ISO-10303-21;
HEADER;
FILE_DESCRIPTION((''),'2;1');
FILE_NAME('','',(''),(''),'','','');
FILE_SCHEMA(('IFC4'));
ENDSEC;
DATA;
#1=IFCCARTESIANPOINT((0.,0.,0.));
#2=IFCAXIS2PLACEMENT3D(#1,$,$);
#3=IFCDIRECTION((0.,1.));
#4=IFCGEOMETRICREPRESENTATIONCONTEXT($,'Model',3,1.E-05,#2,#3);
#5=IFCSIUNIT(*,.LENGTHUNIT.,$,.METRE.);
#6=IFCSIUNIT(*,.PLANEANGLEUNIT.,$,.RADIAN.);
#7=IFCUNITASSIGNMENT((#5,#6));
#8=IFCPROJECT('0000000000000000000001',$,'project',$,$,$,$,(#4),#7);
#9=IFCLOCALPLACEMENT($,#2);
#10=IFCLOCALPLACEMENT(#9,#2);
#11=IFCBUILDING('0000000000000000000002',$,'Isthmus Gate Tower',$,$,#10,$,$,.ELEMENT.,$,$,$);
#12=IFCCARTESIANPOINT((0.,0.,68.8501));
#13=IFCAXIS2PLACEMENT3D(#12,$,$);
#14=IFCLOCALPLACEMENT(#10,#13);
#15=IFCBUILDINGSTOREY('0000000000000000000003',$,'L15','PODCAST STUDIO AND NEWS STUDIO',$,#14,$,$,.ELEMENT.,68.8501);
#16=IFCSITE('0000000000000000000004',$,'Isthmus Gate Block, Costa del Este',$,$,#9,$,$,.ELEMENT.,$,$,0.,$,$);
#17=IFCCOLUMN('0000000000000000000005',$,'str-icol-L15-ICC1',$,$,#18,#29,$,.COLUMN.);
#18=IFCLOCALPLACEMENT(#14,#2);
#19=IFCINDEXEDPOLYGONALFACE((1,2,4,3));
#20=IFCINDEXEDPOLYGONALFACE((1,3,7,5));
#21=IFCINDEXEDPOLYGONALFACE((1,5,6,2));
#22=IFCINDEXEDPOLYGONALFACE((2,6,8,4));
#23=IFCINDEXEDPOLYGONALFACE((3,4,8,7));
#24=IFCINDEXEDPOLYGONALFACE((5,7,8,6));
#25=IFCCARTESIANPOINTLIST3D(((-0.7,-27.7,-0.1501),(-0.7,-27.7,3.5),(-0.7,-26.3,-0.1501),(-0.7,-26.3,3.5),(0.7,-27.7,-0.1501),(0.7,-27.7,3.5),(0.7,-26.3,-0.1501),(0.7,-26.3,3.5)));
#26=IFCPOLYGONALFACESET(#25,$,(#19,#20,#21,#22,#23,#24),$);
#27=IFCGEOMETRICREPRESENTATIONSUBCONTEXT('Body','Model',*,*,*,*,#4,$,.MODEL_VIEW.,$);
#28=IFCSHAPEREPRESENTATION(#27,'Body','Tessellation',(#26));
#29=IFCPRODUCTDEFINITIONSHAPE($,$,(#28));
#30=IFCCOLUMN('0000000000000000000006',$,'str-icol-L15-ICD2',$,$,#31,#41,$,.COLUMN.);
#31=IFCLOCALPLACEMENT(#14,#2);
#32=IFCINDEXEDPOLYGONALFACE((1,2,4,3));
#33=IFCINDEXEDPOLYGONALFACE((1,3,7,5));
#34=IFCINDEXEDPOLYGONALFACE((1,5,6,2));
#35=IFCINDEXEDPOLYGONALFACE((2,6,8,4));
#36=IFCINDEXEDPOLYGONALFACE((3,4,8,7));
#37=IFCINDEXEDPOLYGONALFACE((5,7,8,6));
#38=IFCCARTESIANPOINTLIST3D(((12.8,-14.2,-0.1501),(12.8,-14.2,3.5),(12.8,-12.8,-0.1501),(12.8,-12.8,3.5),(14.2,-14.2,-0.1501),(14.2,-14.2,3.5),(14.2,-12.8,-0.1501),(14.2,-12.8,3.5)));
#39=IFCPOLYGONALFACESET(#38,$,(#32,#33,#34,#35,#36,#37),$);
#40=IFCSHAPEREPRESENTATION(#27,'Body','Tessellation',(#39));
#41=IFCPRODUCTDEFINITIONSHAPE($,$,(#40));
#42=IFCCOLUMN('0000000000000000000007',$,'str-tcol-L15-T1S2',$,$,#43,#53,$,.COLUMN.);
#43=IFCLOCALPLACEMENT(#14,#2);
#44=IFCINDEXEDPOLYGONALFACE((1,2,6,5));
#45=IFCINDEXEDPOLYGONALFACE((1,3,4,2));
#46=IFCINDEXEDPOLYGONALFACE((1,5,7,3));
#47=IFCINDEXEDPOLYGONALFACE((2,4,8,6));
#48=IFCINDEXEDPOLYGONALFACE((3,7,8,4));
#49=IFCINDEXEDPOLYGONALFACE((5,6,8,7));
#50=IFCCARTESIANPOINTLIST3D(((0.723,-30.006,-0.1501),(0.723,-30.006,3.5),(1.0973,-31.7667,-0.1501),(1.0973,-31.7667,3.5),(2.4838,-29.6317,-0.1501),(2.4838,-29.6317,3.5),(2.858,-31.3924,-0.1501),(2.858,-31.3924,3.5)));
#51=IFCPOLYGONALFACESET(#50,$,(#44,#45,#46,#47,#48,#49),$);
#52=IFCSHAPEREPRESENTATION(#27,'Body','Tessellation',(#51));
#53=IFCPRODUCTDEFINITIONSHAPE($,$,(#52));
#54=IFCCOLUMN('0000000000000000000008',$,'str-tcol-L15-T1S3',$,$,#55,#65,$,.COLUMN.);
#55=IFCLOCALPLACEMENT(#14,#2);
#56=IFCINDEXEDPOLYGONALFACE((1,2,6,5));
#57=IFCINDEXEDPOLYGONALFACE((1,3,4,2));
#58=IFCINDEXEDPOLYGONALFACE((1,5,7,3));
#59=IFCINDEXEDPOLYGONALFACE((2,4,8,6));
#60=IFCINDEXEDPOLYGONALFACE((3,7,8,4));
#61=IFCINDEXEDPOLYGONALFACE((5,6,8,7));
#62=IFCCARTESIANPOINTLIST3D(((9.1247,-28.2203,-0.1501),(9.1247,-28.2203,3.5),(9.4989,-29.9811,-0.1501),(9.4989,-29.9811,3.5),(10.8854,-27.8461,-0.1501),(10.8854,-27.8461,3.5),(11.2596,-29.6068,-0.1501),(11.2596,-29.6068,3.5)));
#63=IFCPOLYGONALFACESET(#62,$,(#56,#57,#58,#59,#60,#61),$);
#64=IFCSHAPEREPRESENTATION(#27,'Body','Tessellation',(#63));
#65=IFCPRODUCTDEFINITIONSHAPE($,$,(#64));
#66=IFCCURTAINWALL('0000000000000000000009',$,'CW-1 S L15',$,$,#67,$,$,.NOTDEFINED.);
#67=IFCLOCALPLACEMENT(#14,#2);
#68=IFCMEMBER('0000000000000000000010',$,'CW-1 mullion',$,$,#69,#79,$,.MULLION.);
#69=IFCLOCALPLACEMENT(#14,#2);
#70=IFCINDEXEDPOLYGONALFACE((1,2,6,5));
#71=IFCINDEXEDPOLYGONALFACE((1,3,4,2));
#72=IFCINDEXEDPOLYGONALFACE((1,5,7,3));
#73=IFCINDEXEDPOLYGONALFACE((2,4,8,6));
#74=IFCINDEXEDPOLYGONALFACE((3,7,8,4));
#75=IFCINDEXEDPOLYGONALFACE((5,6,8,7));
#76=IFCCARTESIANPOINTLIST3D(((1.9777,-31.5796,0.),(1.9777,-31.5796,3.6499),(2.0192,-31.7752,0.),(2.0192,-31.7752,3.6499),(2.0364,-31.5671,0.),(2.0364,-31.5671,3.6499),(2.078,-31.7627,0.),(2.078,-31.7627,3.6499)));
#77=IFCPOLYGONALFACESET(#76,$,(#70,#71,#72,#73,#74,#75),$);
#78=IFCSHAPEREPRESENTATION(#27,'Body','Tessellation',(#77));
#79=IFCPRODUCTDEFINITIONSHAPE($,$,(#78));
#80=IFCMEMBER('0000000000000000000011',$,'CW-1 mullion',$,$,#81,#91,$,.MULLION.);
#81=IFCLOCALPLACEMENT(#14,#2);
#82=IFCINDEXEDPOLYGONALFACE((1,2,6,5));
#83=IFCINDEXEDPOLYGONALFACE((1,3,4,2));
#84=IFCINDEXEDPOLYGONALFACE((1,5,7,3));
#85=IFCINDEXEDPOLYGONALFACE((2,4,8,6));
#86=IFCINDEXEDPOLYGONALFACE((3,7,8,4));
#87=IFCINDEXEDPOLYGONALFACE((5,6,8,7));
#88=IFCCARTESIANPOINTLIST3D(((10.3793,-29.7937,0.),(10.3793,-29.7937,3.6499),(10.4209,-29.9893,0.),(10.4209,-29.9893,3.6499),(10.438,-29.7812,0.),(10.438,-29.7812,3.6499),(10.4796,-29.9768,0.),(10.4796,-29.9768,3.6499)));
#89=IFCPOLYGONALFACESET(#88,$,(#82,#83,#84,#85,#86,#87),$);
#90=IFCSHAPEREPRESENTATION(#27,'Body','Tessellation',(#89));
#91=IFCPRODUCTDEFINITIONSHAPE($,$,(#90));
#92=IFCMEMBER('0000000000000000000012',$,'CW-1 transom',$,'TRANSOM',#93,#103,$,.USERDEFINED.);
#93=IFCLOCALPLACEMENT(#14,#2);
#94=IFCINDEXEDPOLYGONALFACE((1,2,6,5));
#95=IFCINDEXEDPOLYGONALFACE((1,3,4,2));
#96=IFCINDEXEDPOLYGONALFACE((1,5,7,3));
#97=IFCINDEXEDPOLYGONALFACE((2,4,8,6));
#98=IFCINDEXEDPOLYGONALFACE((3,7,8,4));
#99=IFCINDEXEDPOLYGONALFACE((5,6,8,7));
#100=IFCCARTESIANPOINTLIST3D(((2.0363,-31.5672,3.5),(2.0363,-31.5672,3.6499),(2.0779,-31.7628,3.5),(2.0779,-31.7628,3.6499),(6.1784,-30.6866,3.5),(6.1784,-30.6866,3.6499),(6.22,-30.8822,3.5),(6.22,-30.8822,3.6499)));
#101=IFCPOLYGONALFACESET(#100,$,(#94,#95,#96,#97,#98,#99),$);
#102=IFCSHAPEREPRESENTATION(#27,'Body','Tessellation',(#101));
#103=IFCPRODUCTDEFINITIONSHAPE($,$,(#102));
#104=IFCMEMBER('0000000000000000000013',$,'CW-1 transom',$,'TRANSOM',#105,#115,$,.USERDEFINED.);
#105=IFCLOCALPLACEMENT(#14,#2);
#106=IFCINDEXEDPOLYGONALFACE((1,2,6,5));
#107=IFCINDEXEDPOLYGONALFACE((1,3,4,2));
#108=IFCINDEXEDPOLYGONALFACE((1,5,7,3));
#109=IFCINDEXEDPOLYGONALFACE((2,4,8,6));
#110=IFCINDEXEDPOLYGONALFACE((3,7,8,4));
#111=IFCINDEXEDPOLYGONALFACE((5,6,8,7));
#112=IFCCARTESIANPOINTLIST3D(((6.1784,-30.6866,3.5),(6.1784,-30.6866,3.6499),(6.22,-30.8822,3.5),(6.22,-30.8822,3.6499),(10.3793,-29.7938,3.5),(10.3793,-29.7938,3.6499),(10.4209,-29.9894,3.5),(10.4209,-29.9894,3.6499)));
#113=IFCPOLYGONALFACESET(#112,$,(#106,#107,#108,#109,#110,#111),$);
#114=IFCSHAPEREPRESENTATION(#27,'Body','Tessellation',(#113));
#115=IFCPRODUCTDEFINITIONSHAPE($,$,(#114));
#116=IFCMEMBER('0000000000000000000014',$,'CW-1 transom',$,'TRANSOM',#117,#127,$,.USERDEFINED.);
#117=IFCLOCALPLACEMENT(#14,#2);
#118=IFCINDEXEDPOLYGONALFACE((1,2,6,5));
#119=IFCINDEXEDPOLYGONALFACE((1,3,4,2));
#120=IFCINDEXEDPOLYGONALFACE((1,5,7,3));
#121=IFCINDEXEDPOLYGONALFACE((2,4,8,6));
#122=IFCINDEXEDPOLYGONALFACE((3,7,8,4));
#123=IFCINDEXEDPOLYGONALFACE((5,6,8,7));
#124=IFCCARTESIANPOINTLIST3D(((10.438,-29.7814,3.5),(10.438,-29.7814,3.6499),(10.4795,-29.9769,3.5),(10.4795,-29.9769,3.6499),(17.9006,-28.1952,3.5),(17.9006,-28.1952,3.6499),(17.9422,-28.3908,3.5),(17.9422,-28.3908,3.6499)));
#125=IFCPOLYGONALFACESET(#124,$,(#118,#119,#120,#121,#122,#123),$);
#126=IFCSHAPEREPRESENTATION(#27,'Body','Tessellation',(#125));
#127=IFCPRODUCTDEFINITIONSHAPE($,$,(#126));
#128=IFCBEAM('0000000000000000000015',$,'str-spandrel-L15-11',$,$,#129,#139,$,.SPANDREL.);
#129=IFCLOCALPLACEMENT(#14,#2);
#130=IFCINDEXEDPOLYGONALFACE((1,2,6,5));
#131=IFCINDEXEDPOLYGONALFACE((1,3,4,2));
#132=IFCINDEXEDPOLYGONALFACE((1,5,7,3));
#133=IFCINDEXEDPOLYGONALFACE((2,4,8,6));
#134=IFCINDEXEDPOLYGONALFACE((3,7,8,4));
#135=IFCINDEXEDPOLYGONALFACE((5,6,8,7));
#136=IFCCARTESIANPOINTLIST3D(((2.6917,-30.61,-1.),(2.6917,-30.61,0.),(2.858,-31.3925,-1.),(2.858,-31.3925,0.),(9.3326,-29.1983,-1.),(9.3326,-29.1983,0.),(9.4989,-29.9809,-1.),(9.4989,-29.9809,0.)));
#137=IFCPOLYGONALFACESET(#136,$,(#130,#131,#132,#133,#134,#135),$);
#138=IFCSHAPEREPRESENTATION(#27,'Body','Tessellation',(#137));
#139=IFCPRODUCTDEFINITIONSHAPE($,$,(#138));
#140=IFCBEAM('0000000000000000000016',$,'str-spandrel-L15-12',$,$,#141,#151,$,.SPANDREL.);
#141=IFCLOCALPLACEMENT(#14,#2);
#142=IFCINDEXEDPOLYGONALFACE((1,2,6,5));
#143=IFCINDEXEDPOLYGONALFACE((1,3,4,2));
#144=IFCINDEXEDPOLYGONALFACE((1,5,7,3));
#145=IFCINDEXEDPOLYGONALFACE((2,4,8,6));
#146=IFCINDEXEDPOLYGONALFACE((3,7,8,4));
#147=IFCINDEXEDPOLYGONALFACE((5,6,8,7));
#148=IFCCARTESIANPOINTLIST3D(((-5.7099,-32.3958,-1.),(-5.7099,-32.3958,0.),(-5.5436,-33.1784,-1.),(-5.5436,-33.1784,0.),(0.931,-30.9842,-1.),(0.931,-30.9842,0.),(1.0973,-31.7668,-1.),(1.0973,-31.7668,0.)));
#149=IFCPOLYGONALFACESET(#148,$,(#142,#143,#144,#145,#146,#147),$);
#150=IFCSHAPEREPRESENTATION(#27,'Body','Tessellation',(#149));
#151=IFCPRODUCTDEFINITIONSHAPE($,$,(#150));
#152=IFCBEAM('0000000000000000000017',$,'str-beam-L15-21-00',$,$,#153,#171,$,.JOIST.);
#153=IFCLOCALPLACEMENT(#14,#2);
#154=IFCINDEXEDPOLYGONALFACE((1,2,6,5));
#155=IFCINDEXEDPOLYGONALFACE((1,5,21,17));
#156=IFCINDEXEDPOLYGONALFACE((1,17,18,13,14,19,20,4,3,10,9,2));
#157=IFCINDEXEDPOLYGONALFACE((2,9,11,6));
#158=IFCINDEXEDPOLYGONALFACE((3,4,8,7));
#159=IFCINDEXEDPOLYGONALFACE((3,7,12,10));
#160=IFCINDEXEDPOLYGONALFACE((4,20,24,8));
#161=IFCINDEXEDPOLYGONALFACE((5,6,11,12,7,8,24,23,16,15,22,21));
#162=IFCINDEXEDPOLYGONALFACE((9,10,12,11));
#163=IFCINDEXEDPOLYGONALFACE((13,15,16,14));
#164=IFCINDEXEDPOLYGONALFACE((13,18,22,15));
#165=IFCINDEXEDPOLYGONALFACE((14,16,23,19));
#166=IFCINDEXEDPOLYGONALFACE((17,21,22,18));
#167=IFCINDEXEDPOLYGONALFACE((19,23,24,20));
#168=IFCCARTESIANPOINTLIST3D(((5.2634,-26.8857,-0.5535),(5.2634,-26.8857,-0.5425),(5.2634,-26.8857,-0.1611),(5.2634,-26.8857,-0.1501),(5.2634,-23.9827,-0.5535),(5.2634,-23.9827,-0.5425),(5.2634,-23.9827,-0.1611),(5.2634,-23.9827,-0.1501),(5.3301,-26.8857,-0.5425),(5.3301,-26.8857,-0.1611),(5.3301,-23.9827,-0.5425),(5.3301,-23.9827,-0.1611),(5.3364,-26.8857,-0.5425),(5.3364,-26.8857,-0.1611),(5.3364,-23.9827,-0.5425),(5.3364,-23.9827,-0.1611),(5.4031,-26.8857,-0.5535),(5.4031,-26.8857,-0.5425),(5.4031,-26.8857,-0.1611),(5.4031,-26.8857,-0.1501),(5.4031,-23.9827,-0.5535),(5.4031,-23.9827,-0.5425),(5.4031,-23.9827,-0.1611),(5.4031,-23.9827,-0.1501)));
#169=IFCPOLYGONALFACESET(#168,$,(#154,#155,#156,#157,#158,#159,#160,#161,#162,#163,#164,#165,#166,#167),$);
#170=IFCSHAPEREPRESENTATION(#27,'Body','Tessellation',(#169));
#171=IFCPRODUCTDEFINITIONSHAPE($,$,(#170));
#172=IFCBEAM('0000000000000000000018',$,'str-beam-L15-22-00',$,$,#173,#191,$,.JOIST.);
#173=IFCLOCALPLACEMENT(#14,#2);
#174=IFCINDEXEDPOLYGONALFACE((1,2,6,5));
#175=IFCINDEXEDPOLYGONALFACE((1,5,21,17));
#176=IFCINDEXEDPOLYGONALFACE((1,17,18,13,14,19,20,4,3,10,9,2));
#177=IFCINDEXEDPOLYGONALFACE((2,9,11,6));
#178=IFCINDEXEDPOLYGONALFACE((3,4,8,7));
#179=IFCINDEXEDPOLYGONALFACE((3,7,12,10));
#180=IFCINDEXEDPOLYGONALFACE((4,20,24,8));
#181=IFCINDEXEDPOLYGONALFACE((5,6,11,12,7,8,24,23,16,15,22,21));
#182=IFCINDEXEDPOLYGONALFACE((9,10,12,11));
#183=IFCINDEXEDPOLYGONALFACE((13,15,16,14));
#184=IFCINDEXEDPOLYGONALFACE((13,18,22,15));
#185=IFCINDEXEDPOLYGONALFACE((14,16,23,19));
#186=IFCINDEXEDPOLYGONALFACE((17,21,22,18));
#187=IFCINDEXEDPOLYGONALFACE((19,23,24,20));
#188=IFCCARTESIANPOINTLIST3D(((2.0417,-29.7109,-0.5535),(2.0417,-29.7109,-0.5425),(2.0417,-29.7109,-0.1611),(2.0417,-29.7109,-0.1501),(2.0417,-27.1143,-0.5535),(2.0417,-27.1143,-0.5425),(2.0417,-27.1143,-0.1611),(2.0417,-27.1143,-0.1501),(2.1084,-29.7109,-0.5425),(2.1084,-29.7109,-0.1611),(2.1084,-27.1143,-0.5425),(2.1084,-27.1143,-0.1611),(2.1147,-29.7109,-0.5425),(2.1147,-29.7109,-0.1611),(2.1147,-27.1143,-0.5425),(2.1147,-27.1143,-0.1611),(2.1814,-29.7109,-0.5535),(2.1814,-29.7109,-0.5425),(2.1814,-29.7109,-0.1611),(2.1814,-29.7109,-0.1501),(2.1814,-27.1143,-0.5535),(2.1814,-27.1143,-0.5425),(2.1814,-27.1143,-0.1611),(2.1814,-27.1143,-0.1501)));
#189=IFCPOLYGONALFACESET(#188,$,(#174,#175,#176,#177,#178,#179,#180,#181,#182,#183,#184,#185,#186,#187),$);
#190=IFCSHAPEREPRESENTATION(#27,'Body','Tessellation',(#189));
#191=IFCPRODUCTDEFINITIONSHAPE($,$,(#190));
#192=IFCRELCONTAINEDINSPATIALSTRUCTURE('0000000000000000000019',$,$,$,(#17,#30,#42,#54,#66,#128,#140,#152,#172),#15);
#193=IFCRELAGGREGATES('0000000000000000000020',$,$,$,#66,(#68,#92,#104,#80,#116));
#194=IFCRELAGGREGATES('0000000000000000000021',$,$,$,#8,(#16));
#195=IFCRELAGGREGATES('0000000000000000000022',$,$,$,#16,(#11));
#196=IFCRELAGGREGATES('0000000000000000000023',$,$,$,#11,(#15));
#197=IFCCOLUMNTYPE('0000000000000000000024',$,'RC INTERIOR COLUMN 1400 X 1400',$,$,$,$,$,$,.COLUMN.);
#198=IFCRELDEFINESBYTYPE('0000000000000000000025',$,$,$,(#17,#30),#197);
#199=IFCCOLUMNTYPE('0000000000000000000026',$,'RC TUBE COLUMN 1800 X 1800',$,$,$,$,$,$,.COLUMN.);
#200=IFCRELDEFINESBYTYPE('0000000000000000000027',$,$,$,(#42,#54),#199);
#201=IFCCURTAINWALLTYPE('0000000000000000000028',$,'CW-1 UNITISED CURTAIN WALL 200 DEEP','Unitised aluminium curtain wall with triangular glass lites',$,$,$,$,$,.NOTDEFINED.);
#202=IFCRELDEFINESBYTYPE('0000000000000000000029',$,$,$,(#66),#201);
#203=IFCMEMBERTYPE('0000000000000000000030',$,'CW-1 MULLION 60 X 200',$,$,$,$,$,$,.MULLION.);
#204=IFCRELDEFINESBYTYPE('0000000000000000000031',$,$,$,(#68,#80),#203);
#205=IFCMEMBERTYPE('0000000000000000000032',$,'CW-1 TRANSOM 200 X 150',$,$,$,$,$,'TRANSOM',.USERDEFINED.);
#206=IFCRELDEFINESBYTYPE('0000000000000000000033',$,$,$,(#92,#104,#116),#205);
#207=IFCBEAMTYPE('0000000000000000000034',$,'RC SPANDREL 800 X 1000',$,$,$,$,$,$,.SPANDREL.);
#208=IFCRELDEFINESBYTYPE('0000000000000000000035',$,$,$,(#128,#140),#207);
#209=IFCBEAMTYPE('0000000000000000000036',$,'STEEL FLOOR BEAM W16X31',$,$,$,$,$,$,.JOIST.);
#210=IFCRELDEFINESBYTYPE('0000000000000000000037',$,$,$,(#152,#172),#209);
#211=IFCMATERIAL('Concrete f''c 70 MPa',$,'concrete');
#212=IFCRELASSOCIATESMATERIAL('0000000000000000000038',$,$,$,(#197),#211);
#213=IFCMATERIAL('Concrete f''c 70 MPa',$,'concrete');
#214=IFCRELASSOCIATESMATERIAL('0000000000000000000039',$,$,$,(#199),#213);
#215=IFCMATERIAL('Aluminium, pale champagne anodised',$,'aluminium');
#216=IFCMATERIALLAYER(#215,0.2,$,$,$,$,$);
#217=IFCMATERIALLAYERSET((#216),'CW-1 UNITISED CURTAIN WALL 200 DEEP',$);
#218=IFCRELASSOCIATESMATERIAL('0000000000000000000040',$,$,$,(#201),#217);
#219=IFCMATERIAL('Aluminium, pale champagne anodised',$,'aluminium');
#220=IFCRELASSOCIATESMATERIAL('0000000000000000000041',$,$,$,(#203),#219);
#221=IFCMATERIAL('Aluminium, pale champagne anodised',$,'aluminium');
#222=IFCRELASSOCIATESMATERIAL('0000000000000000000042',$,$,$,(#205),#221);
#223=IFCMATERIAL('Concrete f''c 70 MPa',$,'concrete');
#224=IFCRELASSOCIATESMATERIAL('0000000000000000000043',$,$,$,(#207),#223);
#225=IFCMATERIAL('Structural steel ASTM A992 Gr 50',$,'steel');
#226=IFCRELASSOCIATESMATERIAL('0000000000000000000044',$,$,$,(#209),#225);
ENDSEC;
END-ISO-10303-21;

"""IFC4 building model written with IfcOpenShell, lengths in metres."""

from ifc_helpers import new_model, si_unit, direction, frame, origin, origin_2d, place, context, subcontext, project, spatial, rectangle, i_section, extrude, material, layer, layer_set, material_profile, profile_set, type_object, element, aggregate, save


model = new_model("IFC4")

# Units and contexts
model_context = context("Model", 3, precision=1e-05, world=origin(), true_north=direction((0.0, 1.0)))
body_context = subcontext(model_context, "Body", "Model", "MODEL_VIEW")
ifc_project = project(units=[si_unit("LENGTHUNIT", "METRE"), si_unit("PLANEANGLEUNIT", "RADIAN")], contexts=[model_context])

# Site, building, storey
site_placement = place(None, origin())
site = spatial("IfcSite", under=ifc_project, at=site_placement, Name="Isthmus Gate Block, Costa del Este", CompositionType="ELEMENT", RefElevation=0.0)
building_placement = place(site_placement, origin())
building = spatial("IfcBuilding", under=site, at=building_placement, Name="Isthmus Gate Tower", CompositionType="ELEMENT")
storey_placement = place(building_placement, frame((0.0, 0.0, 68.8501)))
storey = spatial("IfcBuildingStorey", under=building, at=storey_placement, Name="L15", Description="PODCAST STUDIO AND NEWS STUDIO", CompositionType="ELEMENT", Elevation=68.8501)

# Columns
ifc_material_1 = material(Name="Concrete f'c 70 MPa", Category="concrete")
ifc_material_profile_1 = material_profile(ifc_material_1, rectangle(XDim=1.3999, YDim=1.3999, at=origin_2d()), Name="RC 1400X1400")
ifc_profile_set_1 = profile_set([ifc_material_profile_1], Name="Concrete f'c 70 MPa")
column_type_1 = type_object("IfcColumnType", Name="RC INTERIOR COLUMN 1400 X 1400", PredefinedType="COLUMN", material=ifc_profile_set_1)
for number, where, z_axis, x_axis, name in (
    (1, (0.0, -27.0, -0.1501), (0.0, 0.0, 1.0), (1.0, 0.0, 0.0), "str-icol-L15-ICC1"),
    (2, (13.5, -13.5, -0.1501), (0.0, 0.0, 1.0), (1.0, 0.0, 0.0), "str-icol-L15-ICD2"),
):
    element("IfcColumn", number, at=place(storey_placement, frame(where, z_axis=z_axis, x_axis=x_axis)), inside=storey, type_object=column_type_1, Name=name, PredefinedType="COLUMN", context=body_context, shape_type="SweptSolid", body=[
        extrude(rectangle(XDim=1.3999, YDim=1.3999, at=origin_2d()), origin(), (0.0, 0.0, 1.0), 3.6501),
    ])
ifc_material_2 = material(Name="Concrete f'c 70 MPa", Category="concrete")
ifc_material_profile_2 = material_profile(ifc_material_2, rectangle(XDim=1.8, YDim=1.8, at=origin_2d()), Name="RC 1800X1800")
ifc_profile_set_2 = profile_set([ifc_material_profile_2], Name="Concrete f'c 70 MPa")
column_type_2 = type_object("IfcColumnType", Name="RC TUBE COLUMN 1800 X 1800", PredefinedType="COLUMN", material=ifc_profile_set_2)
for number, where, z_axis, x_axis, name in (
    (3, (1.7905, -30.6992, -0.1501), (0.0, 0.0, 1.0), (0.978148, 0.207912, 0.0), "str-tcol-L15-T1S2"),
    (4, (10.1921, -28.9136, -0.1501), (0.0, 0.0, 1.0), (0.978148, 0.207912, 0.0), "str-tcol-L15-T1S3"),
):
    element("IfcColumn", number, at=place(storey_placement, frame(where, z_axis=z_axis, x_axis=x_axis)), inside=storey, type_object=column_type_2, Name=name, PredefinedType="COLUMN", context=body_context, shape_type="SweptSolid", body=[
        extrude(rectangle(XDim=1.8, YDim=1.8, at=origin_2d()), origin(), (0.0, 0.0, 1.0), 3.6501),
    ])

# Curtain wall, members
ifc_material_3 = material(Name="Aluminium, pale champagne anodised", Category="aluminium")
ifc_layer_1 = layer(ifc_material_3, 0.2)
ifc_layer_set_1 = layer_set([ifc_layer_1], Name="CW-1 UNITISED CURTAIN WALL 200 DEEP")
curtain_wall_type = type_object("IfcCurtainWallType", Name="CW-1 UNITISED CURTAIN WALL 200 DEEP", Description="Unitised aluminium curtain wall with triangular glass lites", PredefinedType="NOTDEFINED", material=ifc_layer_set_1)
curtain_wall_placement = place(storey_placement, origin())
curtain_wall = element("IfcCurtainWall", 5, at=curtain_wall_placement, inside=storey, type_object=curtain_wall_type, Name="CW-1 S L15", PredefinedType="NOTDEFINED")
ifc_material_4 = material(Name="Aluminium, pale champagne anodised", Category="aluminium")
ifc_material_profile_3 = material_profile(ifc_material_4, rectangle(XDim=0.0601, YDim=0.2, at=origin_2d()), Name="60x200")
ifc_profile_set_3 = profile_set([ifc_material_profile_3], Name="Aluminium, pale champagne anodised")
member_type_1 = type_object("IfcMemberType", Name="CW-1 MULLION 60 X 200", PredefinedType="MULLION", material=ifc_profile_set_3)
member_1_placement = place(storey_placement, frame((2.0278, -31.6711, 0.0), z_axis=(0.0, 0.0, 1.0), x_axis=(0.978148, 0.207912, 0.0)))
member_1 = element("IfcMember", 6, at=member_1_placement, type_object=member_type_1, Name="CW-1 mullion", PredefinedType="MULLION", context=body_context, shape_type="SweptSolid", body=[
    extrude(rectangle(XDim=0.0601, YDim=0.2, at=origin_2d()), origin(), (0.0, 0.0, 1.0), 3.6499),
])
member_2_placement = place(storey_placement, frame((10.4294, -29.8853, 0.0), z_axis=(0.0, 0.0, 1.0), x_axis=(0.978148, 0.207912, 0.0)))
member_2 = element("IfcMember", 7, at=member_2_placement, type_object=member_type_1, Name="CW-1 mullion", PredefinedType="MULLION", context=body_context, shape_type="SweptSolid", body=[
    extrude(rectangle(XDim=0.0601, YDim=0.2, at=origin_2d()), origin(), (0.0, 0.0, 1.0), 3.6499),
])
ifc_material_5 = material(Name="Aluminium, pale champagne anodised", Category="aluminium")
ifc_material_profile_4 = material_profile(ifc_material_5, rectangle(XDim=0.2, YDim=0.1499, at=origin_2d()), Name="200x150")
ifc_profile_set_4 = profile_set([ifc_material_profile_4], Name="Aluminium, pale champagne anodised")
member_type_2 = type_object("IfcMemberType", Name="CW-1 TRANSOM 200 X 150", ElementType="TRANSOM", PredefinedType="USERDEFINED", material=ifc_profile_set_4)
member_3_placement = place(storey_placement, frame((2.0571, -31.665, 3.575), z_axis=(0.978139, 0.207954, 0.0), x_axis=(-0.207954, 0.978139, 0.0)))
member_3 = element("IfcMember", 8, at=member_3_placement, type_object=member_type_2, Name="CW-1 transom", ObjectType="TRANSOM", PredefinedType="USERDEFINED", context=body_context, shape_type="SweptSolid", body=[
    extrude(rectangle(XDim=0.2, YDim=0.1499, at=origin_2d()), origin(), (0.0, 0.0, 1.0), 4.2346),
])
member_4_placement = place(storey_placement, frame((6.1992, -30.7844, 3.575), z_axis=(0.978153, 0.207887, 0.0), x_axis=(-0.207887, 0.978153, 0.0)))
member_4 = element("IfcMember", 9, at=member_4_placement, type_object=member_type_2, Name="CW-1 transom", ObjectType="TRANSOM", PredefinedType="USERDEFINED", context=body_context, shape_type="SweptSolid", body=[
    extrude(rectangle(XDim=0.2, YDim=0.1499, at=origin_2d()), origin(), (0.0, 0.0, 1.0), 4.2947),
])
member_5_placement = place(storey_placement, frame((10.4587, -29.8792, 3.575), z_axis=(0.978149, 0.207905, 0.0), x_axis=(-0.207905, 0.978149, 0.0)))
member_5 = element("IfcMember", 10, at=member_5_placement, type_object=member_type_2, Name="CW-1 transom", ObjectType="TRANSOM", PredefinedType="USERDEFINED", context=body_context, shape_type="SweptSolid", body=[
    extrude(rectangle(XDim=0.2, YDim=0.1499, at=origin_2d()), origin(), (0.0, 0.0, 1.0), 7.6294),
])

# Beams
ifc_material_6 = material(Name="Concrete f'c 70 MPa", Category="concrete")
ifc_material_profile_5 = material_profile(ifc_material_6, rectangle(XDim=0.8, YDim=1.0, at=origin_2d()), Name="RC 800X1000")
ifc_profile_set_5 = profile_set([ifc_material_profile_5], Name="Concrete f'c 70 MPa")
beam_type_1 = type_object("IfcBeamType", Name="RC SPANDREL 800 X 1000", PredefinedType="SPANDREL", material=ifc_profile_set_5)
for number, where, z_axis, x_axis, name in (
    (11, (9.4158, -29.5896, -0.5), (-0.978146, -0.20792, 0.0), (0.20792, -0.978146, 0.0), "str-spandrel-L15-11"),
    (12, (1.0142, -31.3755, -0.5), (-0.978146, -0.20792, 0.0), (0.20792, -0.978146, 0.0), "str-spandrel-L15-12"),
):
    element("IfcBeam", number, at=place(storey_placement, frame(where, z_axis=z_axis, x_axis=x_axis)), inside=storey, type_object=beam_type_1, Name=name, PredefinedType="SPANDREL", context=body_context, shape_type="SweptSolid", body=[
        extrude(rectangle(XDim=0.8, YDim=1.0, at=origin_2d()), origin(), (0.0, 0.0, 1.0), 6.7893),
    ])
ifc_material_7 = material(Name="Structural steel ASTM A992 Gr 50", Category="steel")
ifc_material_profile_6 = material_profile(ifc_material_7, i_section(OverallWidth=0.1396, OverallDepth=0.4033, WebThickness=0.0063, FlangeThickness=0.011, at=origin_2d()), Name="W16X31")
ifc_profile_set_6 = profile_set([ifc_material_profile_6], Name="Structural steel ASTM A992 Gr 50")
beam_type_2 = type_object("IfcBeamType", Name="STEEL FLOOR BEAM W16X31", PredefinedType="JOIST", material=ifc_profile_set_6)
beam_1_placement = place(storey_placement, frame((5.3333, -26.8857, -0.3518), z_axis=(0.0, 1.0, 0.0), x_axis=(-1.0, 0.0, 0.0)))
element("IfcBeam", 13, at=beam_1_placement, inside=storey, type_object=beam_type_2, Name="str-beam-L15-21-00", PredefinedType="JOIST", context=body_context, shape_type="SweptSolid", body=[
    extrude(i_section(OverallWidth=0.1396, OverallDepth=0.4033, WebThickness=0.0063, FlangeThickness=0.011, at=origin_2d()), origin(), (0.0, 0.0, 1.0), 2.9031),
])
beam_2_placement = place(storey_placement, frame((2.1116, -29.7109, -0.3518), z_axis=(0.0, 1.0, 0.0), x_axis=(-1.0, 0.0, 0.0)))
element("IfcBeam", 14, at=beam_2_placement, inside=storey, type_object=beam_type_2, Name="str-beam-L15-22-00", PredefinedType="JOIST", context=body_context, shape_type="SweptSolid", body=[
    extrude(i_section(OverallWidth=0.1396, OverallDepth=0.4033, WebThickness=0.0063, FlangeThickness=0.011, at=origin_2d()), origin(), (0.0, 0.0, 1.0), 2.5967),
])

aggregate(curtain_wall, [member_1, member_3, member_4, member_2, member_5])

save(model, "model.ifc")
